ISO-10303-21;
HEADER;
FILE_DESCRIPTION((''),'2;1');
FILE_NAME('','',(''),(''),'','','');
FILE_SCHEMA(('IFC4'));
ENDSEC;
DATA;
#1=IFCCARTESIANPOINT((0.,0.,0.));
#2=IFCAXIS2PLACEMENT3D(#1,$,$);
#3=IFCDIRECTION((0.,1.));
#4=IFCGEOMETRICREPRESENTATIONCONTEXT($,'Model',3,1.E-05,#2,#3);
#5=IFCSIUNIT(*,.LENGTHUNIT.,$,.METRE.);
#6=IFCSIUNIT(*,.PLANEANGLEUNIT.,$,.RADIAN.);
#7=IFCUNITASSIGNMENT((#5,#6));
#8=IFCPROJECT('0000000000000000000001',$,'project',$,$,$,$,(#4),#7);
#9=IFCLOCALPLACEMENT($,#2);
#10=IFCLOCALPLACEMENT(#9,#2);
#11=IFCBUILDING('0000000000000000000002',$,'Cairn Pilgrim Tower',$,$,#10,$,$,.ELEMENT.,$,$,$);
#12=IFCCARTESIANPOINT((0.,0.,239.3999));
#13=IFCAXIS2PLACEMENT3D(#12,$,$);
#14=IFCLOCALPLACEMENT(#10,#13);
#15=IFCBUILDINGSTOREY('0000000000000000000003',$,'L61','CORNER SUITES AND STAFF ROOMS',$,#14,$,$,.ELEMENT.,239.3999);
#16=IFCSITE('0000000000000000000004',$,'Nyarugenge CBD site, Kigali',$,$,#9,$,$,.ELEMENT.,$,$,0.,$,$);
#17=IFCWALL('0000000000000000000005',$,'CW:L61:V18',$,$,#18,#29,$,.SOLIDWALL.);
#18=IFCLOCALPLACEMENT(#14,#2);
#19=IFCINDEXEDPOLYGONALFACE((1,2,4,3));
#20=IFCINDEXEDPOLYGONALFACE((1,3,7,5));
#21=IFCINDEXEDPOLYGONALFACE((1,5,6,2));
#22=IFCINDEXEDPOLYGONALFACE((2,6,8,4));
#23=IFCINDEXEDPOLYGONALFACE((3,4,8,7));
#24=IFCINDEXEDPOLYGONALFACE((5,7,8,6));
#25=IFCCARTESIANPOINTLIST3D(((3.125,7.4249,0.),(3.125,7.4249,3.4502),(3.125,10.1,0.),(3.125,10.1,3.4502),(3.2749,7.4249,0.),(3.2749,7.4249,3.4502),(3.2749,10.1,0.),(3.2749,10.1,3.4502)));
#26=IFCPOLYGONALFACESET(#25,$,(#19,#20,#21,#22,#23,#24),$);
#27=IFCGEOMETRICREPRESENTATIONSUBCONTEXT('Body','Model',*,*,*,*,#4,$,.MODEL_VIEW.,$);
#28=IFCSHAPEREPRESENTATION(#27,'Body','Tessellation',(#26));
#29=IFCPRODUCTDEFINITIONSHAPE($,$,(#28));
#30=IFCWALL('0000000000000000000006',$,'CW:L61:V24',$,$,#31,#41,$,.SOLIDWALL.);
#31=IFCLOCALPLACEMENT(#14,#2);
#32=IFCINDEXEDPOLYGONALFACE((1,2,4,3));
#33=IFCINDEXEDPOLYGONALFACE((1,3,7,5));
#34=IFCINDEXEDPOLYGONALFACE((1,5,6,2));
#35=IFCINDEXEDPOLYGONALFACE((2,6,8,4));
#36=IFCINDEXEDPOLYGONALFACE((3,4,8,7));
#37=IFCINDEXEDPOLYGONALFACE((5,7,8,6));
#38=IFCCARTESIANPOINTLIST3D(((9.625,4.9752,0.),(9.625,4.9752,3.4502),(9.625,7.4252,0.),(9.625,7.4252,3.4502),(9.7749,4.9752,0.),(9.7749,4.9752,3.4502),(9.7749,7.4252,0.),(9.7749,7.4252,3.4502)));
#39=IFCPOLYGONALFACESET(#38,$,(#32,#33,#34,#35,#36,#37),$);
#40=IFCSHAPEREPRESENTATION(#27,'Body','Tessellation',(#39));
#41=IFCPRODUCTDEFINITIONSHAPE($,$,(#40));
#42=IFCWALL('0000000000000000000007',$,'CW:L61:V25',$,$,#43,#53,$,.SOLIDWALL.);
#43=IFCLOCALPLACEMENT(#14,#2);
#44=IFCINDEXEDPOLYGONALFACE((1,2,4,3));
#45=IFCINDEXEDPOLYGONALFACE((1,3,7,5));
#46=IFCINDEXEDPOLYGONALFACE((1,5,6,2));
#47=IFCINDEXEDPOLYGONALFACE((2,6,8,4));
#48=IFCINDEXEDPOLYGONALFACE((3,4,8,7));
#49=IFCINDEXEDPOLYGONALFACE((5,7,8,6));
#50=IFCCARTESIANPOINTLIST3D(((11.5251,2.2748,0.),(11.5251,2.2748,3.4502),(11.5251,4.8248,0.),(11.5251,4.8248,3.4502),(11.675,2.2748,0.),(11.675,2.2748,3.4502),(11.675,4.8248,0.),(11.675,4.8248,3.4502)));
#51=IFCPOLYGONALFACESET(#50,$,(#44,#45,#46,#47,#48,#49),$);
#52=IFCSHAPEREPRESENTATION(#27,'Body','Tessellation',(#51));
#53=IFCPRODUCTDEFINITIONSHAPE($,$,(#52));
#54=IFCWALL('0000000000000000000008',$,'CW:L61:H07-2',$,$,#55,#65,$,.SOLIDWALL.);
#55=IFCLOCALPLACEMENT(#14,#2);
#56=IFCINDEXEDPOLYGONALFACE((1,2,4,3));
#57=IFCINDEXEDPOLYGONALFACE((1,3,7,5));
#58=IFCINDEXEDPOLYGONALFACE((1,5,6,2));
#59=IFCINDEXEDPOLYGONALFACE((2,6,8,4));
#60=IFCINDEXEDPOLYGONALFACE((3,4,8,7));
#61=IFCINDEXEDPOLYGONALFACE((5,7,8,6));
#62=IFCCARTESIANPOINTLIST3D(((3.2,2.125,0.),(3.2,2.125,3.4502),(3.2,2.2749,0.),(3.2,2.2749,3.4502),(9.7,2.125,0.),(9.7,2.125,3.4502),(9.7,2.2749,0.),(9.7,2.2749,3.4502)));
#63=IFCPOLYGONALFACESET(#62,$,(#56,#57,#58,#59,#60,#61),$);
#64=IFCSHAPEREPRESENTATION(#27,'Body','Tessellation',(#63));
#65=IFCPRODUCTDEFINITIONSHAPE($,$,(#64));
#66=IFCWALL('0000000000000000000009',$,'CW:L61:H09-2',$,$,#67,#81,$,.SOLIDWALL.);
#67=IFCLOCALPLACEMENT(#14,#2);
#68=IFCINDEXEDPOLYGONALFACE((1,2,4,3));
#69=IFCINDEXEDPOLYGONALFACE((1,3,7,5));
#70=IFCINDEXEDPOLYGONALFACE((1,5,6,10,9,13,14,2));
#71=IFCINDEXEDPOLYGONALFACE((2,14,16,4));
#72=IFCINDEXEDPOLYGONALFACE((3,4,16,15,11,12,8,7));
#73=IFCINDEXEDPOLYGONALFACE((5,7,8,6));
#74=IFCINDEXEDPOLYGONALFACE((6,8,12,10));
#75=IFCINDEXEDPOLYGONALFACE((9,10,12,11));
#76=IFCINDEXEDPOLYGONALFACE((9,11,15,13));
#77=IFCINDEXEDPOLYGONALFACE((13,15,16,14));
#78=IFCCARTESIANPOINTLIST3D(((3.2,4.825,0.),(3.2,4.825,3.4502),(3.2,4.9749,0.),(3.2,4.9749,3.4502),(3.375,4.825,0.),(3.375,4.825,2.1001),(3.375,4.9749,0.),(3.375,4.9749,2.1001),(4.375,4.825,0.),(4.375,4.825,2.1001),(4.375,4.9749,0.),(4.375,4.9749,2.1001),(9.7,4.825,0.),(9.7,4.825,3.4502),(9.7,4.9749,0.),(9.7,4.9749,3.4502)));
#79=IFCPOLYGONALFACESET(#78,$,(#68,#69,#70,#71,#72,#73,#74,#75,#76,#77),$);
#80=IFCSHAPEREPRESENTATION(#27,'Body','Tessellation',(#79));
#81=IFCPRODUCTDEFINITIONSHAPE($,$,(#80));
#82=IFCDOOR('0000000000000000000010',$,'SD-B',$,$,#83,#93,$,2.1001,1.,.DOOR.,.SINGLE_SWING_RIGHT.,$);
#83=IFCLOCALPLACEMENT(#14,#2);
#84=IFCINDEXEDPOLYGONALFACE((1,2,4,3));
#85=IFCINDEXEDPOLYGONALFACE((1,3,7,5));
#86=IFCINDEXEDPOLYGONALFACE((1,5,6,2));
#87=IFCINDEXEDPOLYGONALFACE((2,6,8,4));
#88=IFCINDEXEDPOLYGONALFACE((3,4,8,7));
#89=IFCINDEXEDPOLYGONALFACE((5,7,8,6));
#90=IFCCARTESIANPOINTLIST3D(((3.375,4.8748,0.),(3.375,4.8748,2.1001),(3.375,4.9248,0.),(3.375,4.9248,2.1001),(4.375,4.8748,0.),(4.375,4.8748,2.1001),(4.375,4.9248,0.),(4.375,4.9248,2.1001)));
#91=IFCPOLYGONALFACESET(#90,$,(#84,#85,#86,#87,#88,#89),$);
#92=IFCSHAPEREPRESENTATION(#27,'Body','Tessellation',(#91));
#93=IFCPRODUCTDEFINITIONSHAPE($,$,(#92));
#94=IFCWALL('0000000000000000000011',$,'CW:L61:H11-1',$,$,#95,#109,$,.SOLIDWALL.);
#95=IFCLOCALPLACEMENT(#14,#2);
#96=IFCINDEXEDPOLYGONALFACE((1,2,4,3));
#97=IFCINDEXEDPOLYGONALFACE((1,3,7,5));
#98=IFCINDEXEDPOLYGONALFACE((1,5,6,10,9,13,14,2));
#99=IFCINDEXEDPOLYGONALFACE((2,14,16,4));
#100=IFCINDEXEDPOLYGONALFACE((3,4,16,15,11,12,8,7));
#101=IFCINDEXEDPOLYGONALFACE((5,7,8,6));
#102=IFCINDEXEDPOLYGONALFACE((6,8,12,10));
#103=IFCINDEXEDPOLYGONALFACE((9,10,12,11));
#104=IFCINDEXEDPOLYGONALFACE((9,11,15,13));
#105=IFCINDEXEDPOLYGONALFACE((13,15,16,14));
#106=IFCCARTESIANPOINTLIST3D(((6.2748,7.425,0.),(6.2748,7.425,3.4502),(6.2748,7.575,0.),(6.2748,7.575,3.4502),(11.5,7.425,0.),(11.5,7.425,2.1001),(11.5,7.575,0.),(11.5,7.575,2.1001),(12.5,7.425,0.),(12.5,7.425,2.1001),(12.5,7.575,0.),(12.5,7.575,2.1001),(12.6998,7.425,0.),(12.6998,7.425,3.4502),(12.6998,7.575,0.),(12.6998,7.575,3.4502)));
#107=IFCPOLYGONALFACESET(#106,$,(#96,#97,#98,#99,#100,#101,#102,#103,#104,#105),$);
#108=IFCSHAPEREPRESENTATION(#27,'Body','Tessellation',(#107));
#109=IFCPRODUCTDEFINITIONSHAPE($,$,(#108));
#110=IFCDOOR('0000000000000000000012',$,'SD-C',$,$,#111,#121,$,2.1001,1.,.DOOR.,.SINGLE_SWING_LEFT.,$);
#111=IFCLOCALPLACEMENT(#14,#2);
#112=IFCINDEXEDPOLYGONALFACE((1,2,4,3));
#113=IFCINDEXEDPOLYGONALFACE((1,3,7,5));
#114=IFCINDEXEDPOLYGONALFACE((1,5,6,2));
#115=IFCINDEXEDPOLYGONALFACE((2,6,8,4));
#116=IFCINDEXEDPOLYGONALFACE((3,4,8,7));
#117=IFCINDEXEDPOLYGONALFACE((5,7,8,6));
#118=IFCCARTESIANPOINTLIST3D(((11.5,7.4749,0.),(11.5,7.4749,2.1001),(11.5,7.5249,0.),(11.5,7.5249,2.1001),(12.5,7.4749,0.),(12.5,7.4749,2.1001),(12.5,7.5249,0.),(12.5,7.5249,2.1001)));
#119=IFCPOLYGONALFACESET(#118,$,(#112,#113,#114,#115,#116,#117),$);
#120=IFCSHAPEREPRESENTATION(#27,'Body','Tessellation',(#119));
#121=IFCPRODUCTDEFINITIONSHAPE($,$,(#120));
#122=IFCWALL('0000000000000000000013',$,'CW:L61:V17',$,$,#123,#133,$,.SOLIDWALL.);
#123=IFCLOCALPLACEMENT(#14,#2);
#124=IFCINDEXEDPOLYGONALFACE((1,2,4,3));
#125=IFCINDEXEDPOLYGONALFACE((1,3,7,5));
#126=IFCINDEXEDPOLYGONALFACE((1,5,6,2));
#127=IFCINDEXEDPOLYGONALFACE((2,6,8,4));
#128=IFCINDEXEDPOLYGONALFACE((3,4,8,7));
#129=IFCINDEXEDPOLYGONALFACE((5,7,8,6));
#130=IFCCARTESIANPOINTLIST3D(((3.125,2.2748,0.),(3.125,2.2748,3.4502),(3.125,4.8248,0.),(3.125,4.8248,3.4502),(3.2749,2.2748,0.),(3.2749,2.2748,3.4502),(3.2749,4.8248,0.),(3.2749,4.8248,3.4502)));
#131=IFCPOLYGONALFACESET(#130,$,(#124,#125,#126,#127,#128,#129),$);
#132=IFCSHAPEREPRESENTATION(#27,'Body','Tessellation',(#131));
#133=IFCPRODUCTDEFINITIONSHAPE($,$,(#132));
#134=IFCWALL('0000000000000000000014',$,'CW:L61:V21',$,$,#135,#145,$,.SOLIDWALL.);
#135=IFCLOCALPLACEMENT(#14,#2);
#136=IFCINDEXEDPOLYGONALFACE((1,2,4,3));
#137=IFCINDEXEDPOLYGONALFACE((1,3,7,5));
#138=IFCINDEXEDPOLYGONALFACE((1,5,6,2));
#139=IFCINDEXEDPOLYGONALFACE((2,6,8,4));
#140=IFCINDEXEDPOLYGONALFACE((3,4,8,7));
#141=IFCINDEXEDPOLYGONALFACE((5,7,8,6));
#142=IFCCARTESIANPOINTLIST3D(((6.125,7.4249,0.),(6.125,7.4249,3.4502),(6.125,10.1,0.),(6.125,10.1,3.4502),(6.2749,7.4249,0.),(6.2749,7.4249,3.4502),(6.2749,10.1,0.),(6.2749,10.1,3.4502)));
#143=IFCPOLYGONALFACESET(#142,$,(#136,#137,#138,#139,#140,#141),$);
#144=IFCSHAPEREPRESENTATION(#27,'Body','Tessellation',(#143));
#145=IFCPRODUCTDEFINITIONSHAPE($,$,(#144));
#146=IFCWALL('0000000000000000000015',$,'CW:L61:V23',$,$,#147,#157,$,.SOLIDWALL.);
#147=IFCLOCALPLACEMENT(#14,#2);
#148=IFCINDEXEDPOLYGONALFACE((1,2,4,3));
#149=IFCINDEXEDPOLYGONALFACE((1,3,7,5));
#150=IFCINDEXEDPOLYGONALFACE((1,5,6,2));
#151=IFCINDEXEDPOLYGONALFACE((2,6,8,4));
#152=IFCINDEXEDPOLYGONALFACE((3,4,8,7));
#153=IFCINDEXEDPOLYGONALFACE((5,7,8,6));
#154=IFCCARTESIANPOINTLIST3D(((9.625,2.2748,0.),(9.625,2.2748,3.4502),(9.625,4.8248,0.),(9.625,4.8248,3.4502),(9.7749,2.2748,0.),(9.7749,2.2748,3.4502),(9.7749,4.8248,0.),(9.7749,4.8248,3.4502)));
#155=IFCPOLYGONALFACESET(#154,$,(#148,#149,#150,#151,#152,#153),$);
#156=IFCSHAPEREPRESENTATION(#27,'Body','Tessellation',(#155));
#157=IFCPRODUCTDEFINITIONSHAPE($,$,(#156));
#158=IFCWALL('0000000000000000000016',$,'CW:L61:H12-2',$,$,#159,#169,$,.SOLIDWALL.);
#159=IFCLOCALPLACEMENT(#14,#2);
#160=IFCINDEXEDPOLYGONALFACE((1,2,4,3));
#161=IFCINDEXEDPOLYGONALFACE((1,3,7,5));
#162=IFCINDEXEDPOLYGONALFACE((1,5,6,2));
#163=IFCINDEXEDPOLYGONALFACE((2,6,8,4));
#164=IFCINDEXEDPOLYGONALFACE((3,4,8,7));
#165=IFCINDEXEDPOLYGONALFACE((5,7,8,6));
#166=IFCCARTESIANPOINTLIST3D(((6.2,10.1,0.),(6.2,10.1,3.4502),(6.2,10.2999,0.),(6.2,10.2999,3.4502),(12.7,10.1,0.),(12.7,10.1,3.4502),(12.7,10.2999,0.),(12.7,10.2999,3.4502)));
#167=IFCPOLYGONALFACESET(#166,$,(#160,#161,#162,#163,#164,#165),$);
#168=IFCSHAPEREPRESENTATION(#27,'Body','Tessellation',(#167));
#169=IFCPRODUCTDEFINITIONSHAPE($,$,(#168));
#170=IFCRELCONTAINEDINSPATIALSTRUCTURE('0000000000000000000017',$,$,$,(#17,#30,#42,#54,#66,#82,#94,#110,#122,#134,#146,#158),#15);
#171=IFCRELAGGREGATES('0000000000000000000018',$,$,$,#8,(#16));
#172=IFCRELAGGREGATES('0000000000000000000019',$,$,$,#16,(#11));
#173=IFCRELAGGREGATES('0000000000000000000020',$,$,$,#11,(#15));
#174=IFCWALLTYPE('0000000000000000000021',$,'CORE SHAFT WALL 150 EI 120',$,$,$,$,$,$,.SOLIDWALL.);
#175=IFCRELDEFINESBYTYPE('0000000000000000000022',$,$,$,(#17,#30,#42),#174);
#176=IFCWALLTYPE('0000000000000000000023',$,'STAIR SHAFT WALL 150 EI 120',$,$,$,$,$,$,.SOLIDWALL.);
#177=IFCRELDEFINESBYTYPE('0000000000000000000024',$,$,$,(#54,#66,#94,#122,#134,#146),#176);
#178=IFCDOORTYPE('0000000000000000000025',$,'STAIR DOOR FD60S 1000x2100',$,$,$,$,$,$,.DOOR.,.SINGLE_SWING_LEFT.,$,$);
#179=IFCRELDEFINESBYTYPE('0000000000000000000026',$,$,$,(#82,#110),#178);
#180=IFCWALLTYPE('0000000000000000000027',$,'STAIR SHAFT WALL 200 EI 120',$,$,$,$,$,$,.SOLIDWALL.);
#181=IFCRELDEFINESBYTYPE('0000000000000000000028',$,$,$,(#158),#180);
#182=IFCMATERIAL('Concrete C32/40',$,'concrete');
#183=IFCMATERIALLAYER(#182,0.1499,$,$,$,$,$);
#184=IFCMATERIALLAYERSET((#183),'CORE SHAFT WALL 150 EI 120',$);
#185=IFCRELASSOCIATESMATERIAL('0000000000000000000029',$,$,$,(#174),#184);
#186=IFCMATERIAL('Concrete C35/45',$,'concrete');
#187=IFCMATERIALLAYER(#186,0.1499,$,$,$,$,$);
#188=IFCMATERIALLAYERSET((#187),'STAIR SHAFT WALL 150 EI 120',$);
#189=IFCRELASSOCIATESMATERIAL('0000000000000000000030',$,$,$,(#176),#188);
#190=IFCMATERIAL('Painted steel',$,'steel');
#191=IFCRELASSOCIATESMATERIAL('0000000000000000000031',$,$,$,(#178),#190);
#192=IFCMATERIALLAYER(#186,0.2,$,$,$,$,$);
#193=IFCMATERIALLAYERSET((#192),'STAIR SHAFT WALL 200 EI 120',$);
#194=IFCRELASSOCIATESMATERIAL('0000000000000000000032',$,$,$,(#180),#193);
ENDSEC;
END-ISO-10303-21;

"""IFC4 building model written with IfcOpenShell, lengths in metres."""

from ifc_helpers import new_model, si_unit, direction, frame, frame_2d, origin, place, context, subcontext, project, spatial, rectangle, extrude, material, layer, layer_set, type_object, element, fill, save


model = new_model("IFC4")

# Units and contexts
model_context = context("Model", 3, precision=1e-05, world=origin(), true_north=direction((0.0, 1.0)))
body_context = subcontext(model_context, "Body", "Model", "MODEL_VIEW")
ifc_project = project(units=[si_unit("LENGTHUNIT", "METRE"), si_unit("PLANEANGLEUNIT", "RADIAN")], contexts=[model_context])

# Site, building, storey
site_placement = place(None, origin())
site = spatial("IfcSite", under=ifc_project, at=site_placement, Name="Nyarugenge CBD site, Kigali", CompositionType="ELEMENT", RefElevation=0.0)
building_placement = place(site_placement, origin())
building = spatial("IfcBuilding", under=site, at=building_placement, Name="Cairn Pilgrim Tower", CompositionType="ELEMENT")
storey_placement = place(building_placement, frame((0.0, 0.0, 239.3999)))
storey = spatial("IfcBuildingStorey", under=building, at=storey_placement, Name="L61", Description="CORNER SUITES AND STAFF ROOMS", CompositionType="ELEMENT", Elevation=239.3999)

# Shared definitions
ifc_material_1 = material(Name="Concrete C32/40", Category="concrete")
ifc_layer_1 = layer(ifc_material_1, 0.1499)
ifc_layer_set_1 = layer_set([ifc_layer_1], Name="CORE SHAFT WALL 150 EI 120")
wall_type_1 = type_object("IfcWallType", Name="CORE SHAFT WALL 150 EI 120", PredefinedType="SOLIDWALL", material=ifc_layer_set_1)

# Shared definitions
ifc_material_2 = material(Name="Painted steel", Category="steel")

# Walls
wall_1_placement = place(storey_placement, frame((3.2, 7.425, 0.0), z_axis=(0.0, 0.0, 1.0), x_axis=(0.0, 1.0, 0.0)))
element("IfcWall", 1, at=wall_1_placement, inside=storey, type_object=wall_type_1, Name="CW:L61:V18", PredefinedType="SOLIDWALL", context=body_context, shape_type="SweptSolid", body=[
    extrude(rectangle(XDim=2.675, YDim=0.1499, at=frame_2d((1.3374, 0.0))), origin(), (0.0, 0.0, 1.0), 3.4502),
])
wall_2_placement = place(storey_placement, frame((9.7, 4.9751, 0.0), z_axis=(0.0, 0.0, 1.0), x_axis=(0.0, 1.0, 0.0)))
element("IfcWall", 2, at=wall_2_placement, inside=storey, type_object=wall_type_1, Name="CW:L61:V24", PredefinedType="SOLIDWALL", context=body_context, shape_type="SweptSolid", body=[
    extrude(rectangle(XDim=2.45, YDim=0.1499, at=frame_2d((1.2251, 0.0))), origin(), (0.0, 0.0, 1.0), 3.4502),
])
wall_3_placement = place(storey_placement, frame((11.6001, 2.2749, 0.0), z_axis=(0.0, 0.0, 1.0), x_axis=(0.0, 1.0, 0.0)))
element("IfcWall", 3, at=wall_3_placement, inside=storey, type_object=wall_type_1, Name="CW:L61:V25", PredefinedType="SOLIDWALL", context=body_context, shape_type="SweptSolid", body=[
    extrude(rectangle(XDim=2.55, YDim=0.1499, at=frame_2d((1.2749, 0.0))), origin(), (0.0, 0.0, 1.0), 3.4502),
])
ifc_material_3 = material(Name="Concrete C35/45", Category="concrete")
ifc_layer_2 = layer(ifc_material_3, 0.1499)
ifc_layer_set_2 = layer_set([ifc_layer_2], Name="STAIR SHAFT WALL 150 EI 120")
wall_type_2 = type_object("IfcWallType", Name="STAIR SHAFT WALL 150 EI 120", PredefinedType="SOLIDWALL", material=ifc_layer_set_2)
wall_4_placement = place(storey_placement, frame((3.2, 2.2, 0.0), z_axis=(0.0, 0.0, 1.0), x_axis=(1.0, 0.0, 0.0)))
element("IfcWall", 4, at=wall_4_placement, inside=storey, type_object=wall_type_2, Name="CW:L61:H07-2", PredefinedType="SOLIDWALL", context=body_context, shape_type="SweptSolid", body=[
    extrude(rectangle(XDim=6.5, YDim=0.1499, at=frame_2d((3.25, 0.0))), origin(), (0.0, 0.0, 1.0), 3.4502),
])

# Walls, openings, doors
wall_5_placement = place(storey_placement, frame((3.2, 4.8999, 0.0), z_axis=(0.0, 0.0, 1.0), x_axis=(1.0, 0.0, 0.0)))
wall_5 = element("IfcWall", 5, at=wall_5_placement, inside=storey, type_object=wall_type_2, Name="CW:L61:H09-2", PredefinedType="SOLIDWALL", context=body_context, shape_type="SweptSolid", body=[
    extrude(rectangle(XDim=6.5, YDim=0.1499, at=frame_2d((3.25, 0.0))), origin(), (0.0, 0.0, 1.0), 3.4502),
])
opening_1_placement = place(wall_5_placement, frame((0.175, 0.0, 0.0)))
opening_1 = element("IfcOpeningElement", 6, at=opening_1_placement, cuts=wall_5, PredefinedType="OPENING", context=body_context, shape_type="SweptSolid", body=[
    extrude(rectangle(XDim=1.0, YDim=2.1001, at=frame_2d((0.5, 1.05))), frame((0.0, 0.085, 0.0), z_axis=(0.0, -1.0, 0.0), x_axis=(1.0, 0.0, 0.0)), (0.0, 0.0, 1.0), 0.1699),
])
door_type_1 = type_object("IfcDoorType", Name="STAIR DOOR FD60S 1000x2100", OperationType="SINGLE_SWING_LEFT", PredefinedType="DOOR", material=ifc_material_2)
door_1_placement = place(opening_1_placement, origin())
door_1 = element("IfcDoor", 7, at=door_1_placement, inside=storey, type_object=door_type_1, Name="SD-B", OperationType="SINGLE_SWING_RIGHT", OverallHeight=2.1001, OverallWidth=1.0, PredefinedType="DOOR", context=body_context, shape_type="SweptSolid", body=[
    extrude(rectangle(XDim=1.0, YDim=2.1001, at=frame_2d((0.5, 1.05))), frame((0.0, 0.0249, 0.0), z_axis=(0.0, -1.0, 0.0), x_axis=(1.0, 0.0, 0.0)), (0.0, 0.0, 1.0), 0.05),
])
fill(opening_1, door_1)
wall_6_placement = place(storey_placement, frame((6.2749, 7.5, 0.0), z_axis=(0.0, 0.0, 1.0), x_axis=(1.0, 0.0, 0.0)))
wall_6 = element("IfcWall", 8, at=wall_6_placement, inside=storey, type_object=wall_type_2, Name="CW:L61:H11-1", PredefinedType="SOLIDWALL", context=body_context, shape_type="SweptSolid", body=[
    extrude(rectangle(XDim=6.425, YDim=0.1499, at=frame_2d((3.2124, 0.0))), origin(), (0.0, 0.0, 1.0), 3.4502),
])
opening_2_placement = place(wall_6_placement, frame((5.2251, 0.0, 0.0)))
opening_2 = element("IfcOpeningElement", 9, at=opening_2_placement, cuts=wall_6, PredefinedType="OPENING", context=body_context, shape_type="SweptSolid", body=[
    extrude(rectangle(XDim=1.0, YDim=2.1001, at=frame_2d((0.5, 1.05))), frame((0.0, 0.085, 0.0), z_axis=(0.0, -1.0, 0.0), x_axis=(1.0, 0.0, 0.0)), (0.0, 0.0, 1.0), 0.1699),
])
door_2_placement = place(opening_2_placement, origin())
door_2 = element("IfcDoor", 10, at=door_2_placement, inside=storey, type_object=door_type_1, Name="SD-C", OperationType="SINGLE_SWING_LEFT", OverallHeight=2.1001, OverallWidth=1.0, PredefinedType="DOOR", context=body_context, shape_type="SweptSolid", body=[
    extrude(rectangle(XDim=1.0, YDim=2.1001, at=frame_2d((0.5, 1.05))), frame((0.0, 0.0249, 0.0), z_axis=(0.0, -1.0, 0.0), x_axis=(1.0, 0.0, 0.0)), (0.0, 0.0, 1.0), 0.05),
])
fill(opening_2, door_2)

# Walls
wall_7_placement = place(storey_placement, frame((3.2, 2.2749, 0.0), z_axis=(0.0, 0.0, 1.0), x_axis=(0.0, 1.0, 0.0)))
element("IfcWall", 11, at=wall_7_placement, inside=storey, type_object=wall_type_2, Name="CW:L61:V17", PredefinedType="SOLIDWALL", context=body_context, shape_type="SweptSolid", body=[
    extrude(rectangle(XDim=2.55, YDim=0.1499, at=frame_2d((1.2749, 0.0))), origin(), (0.0, 0.0, 1.0), 3.4502),
])
wall_8_placement = place(storey_placement, frame((6.2, 7.425, 0.0), z_axis=(0.0, 0.0, 1.0), x_axis=(0.0, 1.0, 0.0)))
element("IfcWall", 12, at=wall_8_placement, inside=storey, type_object=wall_type_2, Name="CW:L61:V21", PredefinedType="SOLIDWALL", context=body_context, shape_type="SweptSolid", body=[
    extrude(rectangle(XDim=2.675, YDim=0.1499, at=frame_2d((1.3374, 0.0))), origin(), (0.0, 0.0, 1.0), 3.4502),
])
wall_9_placement = place(storey_placement, frame((9.7, 2.2749, 0.0), z_axis=(0.0, 0.0, 1.0), x_axis=(0.0, 1.0, 0.0)))
element("IfcWall", 13, at=wall_9_placement, inside=storey, type_object=wall_type_2, Name="CW:L61:V23", PredefinedType="SOLIDWALL", context=body_context, shape_type="SweptSolid", body=[
    extrude(rectangle(XDim=2.55, YDim=0.1499, at=frame_2d((1.2749, 0.0))), origin(), (0.0, 0.0, 1.0), 3.4502),
])
ifc_layer_3 = layer(ifc_material_3, 0.2)
ifc_layer_set_3 = layer_set([ifc_layer_3], Name="STAIR SHAFT WALL 200 EI 120")
wall_type_3 = type_object("IfcWallType", Name="STAIR SHAFT WALL 200 EI 120", PredefinedType="SOLIDWALL", material=ifc_layer_set_3)
wall_10_placement = place(storey_placement, frame((6.2, 10.2, 0.0), z_axis=(0.0, 0.0, 1.0), x_axis=(1.0, 0.0, 0.0)))
element("IfcWall", 14, at=wall_10_placement, inside=storey, type_object=wall_type_3, Name="CW:L61:H12-2", PredefinedType="SOLIDWALL", context=body_context, shape_type="SweptSolid", body=[
    extrude(rectangle(XDim=6.5, YDim=0.2, at=frame_2d((3.25, 0.0))), origin(), (0.0, 0.0, 1.0), 3.4502),
])

save(model, "model.ifc")
